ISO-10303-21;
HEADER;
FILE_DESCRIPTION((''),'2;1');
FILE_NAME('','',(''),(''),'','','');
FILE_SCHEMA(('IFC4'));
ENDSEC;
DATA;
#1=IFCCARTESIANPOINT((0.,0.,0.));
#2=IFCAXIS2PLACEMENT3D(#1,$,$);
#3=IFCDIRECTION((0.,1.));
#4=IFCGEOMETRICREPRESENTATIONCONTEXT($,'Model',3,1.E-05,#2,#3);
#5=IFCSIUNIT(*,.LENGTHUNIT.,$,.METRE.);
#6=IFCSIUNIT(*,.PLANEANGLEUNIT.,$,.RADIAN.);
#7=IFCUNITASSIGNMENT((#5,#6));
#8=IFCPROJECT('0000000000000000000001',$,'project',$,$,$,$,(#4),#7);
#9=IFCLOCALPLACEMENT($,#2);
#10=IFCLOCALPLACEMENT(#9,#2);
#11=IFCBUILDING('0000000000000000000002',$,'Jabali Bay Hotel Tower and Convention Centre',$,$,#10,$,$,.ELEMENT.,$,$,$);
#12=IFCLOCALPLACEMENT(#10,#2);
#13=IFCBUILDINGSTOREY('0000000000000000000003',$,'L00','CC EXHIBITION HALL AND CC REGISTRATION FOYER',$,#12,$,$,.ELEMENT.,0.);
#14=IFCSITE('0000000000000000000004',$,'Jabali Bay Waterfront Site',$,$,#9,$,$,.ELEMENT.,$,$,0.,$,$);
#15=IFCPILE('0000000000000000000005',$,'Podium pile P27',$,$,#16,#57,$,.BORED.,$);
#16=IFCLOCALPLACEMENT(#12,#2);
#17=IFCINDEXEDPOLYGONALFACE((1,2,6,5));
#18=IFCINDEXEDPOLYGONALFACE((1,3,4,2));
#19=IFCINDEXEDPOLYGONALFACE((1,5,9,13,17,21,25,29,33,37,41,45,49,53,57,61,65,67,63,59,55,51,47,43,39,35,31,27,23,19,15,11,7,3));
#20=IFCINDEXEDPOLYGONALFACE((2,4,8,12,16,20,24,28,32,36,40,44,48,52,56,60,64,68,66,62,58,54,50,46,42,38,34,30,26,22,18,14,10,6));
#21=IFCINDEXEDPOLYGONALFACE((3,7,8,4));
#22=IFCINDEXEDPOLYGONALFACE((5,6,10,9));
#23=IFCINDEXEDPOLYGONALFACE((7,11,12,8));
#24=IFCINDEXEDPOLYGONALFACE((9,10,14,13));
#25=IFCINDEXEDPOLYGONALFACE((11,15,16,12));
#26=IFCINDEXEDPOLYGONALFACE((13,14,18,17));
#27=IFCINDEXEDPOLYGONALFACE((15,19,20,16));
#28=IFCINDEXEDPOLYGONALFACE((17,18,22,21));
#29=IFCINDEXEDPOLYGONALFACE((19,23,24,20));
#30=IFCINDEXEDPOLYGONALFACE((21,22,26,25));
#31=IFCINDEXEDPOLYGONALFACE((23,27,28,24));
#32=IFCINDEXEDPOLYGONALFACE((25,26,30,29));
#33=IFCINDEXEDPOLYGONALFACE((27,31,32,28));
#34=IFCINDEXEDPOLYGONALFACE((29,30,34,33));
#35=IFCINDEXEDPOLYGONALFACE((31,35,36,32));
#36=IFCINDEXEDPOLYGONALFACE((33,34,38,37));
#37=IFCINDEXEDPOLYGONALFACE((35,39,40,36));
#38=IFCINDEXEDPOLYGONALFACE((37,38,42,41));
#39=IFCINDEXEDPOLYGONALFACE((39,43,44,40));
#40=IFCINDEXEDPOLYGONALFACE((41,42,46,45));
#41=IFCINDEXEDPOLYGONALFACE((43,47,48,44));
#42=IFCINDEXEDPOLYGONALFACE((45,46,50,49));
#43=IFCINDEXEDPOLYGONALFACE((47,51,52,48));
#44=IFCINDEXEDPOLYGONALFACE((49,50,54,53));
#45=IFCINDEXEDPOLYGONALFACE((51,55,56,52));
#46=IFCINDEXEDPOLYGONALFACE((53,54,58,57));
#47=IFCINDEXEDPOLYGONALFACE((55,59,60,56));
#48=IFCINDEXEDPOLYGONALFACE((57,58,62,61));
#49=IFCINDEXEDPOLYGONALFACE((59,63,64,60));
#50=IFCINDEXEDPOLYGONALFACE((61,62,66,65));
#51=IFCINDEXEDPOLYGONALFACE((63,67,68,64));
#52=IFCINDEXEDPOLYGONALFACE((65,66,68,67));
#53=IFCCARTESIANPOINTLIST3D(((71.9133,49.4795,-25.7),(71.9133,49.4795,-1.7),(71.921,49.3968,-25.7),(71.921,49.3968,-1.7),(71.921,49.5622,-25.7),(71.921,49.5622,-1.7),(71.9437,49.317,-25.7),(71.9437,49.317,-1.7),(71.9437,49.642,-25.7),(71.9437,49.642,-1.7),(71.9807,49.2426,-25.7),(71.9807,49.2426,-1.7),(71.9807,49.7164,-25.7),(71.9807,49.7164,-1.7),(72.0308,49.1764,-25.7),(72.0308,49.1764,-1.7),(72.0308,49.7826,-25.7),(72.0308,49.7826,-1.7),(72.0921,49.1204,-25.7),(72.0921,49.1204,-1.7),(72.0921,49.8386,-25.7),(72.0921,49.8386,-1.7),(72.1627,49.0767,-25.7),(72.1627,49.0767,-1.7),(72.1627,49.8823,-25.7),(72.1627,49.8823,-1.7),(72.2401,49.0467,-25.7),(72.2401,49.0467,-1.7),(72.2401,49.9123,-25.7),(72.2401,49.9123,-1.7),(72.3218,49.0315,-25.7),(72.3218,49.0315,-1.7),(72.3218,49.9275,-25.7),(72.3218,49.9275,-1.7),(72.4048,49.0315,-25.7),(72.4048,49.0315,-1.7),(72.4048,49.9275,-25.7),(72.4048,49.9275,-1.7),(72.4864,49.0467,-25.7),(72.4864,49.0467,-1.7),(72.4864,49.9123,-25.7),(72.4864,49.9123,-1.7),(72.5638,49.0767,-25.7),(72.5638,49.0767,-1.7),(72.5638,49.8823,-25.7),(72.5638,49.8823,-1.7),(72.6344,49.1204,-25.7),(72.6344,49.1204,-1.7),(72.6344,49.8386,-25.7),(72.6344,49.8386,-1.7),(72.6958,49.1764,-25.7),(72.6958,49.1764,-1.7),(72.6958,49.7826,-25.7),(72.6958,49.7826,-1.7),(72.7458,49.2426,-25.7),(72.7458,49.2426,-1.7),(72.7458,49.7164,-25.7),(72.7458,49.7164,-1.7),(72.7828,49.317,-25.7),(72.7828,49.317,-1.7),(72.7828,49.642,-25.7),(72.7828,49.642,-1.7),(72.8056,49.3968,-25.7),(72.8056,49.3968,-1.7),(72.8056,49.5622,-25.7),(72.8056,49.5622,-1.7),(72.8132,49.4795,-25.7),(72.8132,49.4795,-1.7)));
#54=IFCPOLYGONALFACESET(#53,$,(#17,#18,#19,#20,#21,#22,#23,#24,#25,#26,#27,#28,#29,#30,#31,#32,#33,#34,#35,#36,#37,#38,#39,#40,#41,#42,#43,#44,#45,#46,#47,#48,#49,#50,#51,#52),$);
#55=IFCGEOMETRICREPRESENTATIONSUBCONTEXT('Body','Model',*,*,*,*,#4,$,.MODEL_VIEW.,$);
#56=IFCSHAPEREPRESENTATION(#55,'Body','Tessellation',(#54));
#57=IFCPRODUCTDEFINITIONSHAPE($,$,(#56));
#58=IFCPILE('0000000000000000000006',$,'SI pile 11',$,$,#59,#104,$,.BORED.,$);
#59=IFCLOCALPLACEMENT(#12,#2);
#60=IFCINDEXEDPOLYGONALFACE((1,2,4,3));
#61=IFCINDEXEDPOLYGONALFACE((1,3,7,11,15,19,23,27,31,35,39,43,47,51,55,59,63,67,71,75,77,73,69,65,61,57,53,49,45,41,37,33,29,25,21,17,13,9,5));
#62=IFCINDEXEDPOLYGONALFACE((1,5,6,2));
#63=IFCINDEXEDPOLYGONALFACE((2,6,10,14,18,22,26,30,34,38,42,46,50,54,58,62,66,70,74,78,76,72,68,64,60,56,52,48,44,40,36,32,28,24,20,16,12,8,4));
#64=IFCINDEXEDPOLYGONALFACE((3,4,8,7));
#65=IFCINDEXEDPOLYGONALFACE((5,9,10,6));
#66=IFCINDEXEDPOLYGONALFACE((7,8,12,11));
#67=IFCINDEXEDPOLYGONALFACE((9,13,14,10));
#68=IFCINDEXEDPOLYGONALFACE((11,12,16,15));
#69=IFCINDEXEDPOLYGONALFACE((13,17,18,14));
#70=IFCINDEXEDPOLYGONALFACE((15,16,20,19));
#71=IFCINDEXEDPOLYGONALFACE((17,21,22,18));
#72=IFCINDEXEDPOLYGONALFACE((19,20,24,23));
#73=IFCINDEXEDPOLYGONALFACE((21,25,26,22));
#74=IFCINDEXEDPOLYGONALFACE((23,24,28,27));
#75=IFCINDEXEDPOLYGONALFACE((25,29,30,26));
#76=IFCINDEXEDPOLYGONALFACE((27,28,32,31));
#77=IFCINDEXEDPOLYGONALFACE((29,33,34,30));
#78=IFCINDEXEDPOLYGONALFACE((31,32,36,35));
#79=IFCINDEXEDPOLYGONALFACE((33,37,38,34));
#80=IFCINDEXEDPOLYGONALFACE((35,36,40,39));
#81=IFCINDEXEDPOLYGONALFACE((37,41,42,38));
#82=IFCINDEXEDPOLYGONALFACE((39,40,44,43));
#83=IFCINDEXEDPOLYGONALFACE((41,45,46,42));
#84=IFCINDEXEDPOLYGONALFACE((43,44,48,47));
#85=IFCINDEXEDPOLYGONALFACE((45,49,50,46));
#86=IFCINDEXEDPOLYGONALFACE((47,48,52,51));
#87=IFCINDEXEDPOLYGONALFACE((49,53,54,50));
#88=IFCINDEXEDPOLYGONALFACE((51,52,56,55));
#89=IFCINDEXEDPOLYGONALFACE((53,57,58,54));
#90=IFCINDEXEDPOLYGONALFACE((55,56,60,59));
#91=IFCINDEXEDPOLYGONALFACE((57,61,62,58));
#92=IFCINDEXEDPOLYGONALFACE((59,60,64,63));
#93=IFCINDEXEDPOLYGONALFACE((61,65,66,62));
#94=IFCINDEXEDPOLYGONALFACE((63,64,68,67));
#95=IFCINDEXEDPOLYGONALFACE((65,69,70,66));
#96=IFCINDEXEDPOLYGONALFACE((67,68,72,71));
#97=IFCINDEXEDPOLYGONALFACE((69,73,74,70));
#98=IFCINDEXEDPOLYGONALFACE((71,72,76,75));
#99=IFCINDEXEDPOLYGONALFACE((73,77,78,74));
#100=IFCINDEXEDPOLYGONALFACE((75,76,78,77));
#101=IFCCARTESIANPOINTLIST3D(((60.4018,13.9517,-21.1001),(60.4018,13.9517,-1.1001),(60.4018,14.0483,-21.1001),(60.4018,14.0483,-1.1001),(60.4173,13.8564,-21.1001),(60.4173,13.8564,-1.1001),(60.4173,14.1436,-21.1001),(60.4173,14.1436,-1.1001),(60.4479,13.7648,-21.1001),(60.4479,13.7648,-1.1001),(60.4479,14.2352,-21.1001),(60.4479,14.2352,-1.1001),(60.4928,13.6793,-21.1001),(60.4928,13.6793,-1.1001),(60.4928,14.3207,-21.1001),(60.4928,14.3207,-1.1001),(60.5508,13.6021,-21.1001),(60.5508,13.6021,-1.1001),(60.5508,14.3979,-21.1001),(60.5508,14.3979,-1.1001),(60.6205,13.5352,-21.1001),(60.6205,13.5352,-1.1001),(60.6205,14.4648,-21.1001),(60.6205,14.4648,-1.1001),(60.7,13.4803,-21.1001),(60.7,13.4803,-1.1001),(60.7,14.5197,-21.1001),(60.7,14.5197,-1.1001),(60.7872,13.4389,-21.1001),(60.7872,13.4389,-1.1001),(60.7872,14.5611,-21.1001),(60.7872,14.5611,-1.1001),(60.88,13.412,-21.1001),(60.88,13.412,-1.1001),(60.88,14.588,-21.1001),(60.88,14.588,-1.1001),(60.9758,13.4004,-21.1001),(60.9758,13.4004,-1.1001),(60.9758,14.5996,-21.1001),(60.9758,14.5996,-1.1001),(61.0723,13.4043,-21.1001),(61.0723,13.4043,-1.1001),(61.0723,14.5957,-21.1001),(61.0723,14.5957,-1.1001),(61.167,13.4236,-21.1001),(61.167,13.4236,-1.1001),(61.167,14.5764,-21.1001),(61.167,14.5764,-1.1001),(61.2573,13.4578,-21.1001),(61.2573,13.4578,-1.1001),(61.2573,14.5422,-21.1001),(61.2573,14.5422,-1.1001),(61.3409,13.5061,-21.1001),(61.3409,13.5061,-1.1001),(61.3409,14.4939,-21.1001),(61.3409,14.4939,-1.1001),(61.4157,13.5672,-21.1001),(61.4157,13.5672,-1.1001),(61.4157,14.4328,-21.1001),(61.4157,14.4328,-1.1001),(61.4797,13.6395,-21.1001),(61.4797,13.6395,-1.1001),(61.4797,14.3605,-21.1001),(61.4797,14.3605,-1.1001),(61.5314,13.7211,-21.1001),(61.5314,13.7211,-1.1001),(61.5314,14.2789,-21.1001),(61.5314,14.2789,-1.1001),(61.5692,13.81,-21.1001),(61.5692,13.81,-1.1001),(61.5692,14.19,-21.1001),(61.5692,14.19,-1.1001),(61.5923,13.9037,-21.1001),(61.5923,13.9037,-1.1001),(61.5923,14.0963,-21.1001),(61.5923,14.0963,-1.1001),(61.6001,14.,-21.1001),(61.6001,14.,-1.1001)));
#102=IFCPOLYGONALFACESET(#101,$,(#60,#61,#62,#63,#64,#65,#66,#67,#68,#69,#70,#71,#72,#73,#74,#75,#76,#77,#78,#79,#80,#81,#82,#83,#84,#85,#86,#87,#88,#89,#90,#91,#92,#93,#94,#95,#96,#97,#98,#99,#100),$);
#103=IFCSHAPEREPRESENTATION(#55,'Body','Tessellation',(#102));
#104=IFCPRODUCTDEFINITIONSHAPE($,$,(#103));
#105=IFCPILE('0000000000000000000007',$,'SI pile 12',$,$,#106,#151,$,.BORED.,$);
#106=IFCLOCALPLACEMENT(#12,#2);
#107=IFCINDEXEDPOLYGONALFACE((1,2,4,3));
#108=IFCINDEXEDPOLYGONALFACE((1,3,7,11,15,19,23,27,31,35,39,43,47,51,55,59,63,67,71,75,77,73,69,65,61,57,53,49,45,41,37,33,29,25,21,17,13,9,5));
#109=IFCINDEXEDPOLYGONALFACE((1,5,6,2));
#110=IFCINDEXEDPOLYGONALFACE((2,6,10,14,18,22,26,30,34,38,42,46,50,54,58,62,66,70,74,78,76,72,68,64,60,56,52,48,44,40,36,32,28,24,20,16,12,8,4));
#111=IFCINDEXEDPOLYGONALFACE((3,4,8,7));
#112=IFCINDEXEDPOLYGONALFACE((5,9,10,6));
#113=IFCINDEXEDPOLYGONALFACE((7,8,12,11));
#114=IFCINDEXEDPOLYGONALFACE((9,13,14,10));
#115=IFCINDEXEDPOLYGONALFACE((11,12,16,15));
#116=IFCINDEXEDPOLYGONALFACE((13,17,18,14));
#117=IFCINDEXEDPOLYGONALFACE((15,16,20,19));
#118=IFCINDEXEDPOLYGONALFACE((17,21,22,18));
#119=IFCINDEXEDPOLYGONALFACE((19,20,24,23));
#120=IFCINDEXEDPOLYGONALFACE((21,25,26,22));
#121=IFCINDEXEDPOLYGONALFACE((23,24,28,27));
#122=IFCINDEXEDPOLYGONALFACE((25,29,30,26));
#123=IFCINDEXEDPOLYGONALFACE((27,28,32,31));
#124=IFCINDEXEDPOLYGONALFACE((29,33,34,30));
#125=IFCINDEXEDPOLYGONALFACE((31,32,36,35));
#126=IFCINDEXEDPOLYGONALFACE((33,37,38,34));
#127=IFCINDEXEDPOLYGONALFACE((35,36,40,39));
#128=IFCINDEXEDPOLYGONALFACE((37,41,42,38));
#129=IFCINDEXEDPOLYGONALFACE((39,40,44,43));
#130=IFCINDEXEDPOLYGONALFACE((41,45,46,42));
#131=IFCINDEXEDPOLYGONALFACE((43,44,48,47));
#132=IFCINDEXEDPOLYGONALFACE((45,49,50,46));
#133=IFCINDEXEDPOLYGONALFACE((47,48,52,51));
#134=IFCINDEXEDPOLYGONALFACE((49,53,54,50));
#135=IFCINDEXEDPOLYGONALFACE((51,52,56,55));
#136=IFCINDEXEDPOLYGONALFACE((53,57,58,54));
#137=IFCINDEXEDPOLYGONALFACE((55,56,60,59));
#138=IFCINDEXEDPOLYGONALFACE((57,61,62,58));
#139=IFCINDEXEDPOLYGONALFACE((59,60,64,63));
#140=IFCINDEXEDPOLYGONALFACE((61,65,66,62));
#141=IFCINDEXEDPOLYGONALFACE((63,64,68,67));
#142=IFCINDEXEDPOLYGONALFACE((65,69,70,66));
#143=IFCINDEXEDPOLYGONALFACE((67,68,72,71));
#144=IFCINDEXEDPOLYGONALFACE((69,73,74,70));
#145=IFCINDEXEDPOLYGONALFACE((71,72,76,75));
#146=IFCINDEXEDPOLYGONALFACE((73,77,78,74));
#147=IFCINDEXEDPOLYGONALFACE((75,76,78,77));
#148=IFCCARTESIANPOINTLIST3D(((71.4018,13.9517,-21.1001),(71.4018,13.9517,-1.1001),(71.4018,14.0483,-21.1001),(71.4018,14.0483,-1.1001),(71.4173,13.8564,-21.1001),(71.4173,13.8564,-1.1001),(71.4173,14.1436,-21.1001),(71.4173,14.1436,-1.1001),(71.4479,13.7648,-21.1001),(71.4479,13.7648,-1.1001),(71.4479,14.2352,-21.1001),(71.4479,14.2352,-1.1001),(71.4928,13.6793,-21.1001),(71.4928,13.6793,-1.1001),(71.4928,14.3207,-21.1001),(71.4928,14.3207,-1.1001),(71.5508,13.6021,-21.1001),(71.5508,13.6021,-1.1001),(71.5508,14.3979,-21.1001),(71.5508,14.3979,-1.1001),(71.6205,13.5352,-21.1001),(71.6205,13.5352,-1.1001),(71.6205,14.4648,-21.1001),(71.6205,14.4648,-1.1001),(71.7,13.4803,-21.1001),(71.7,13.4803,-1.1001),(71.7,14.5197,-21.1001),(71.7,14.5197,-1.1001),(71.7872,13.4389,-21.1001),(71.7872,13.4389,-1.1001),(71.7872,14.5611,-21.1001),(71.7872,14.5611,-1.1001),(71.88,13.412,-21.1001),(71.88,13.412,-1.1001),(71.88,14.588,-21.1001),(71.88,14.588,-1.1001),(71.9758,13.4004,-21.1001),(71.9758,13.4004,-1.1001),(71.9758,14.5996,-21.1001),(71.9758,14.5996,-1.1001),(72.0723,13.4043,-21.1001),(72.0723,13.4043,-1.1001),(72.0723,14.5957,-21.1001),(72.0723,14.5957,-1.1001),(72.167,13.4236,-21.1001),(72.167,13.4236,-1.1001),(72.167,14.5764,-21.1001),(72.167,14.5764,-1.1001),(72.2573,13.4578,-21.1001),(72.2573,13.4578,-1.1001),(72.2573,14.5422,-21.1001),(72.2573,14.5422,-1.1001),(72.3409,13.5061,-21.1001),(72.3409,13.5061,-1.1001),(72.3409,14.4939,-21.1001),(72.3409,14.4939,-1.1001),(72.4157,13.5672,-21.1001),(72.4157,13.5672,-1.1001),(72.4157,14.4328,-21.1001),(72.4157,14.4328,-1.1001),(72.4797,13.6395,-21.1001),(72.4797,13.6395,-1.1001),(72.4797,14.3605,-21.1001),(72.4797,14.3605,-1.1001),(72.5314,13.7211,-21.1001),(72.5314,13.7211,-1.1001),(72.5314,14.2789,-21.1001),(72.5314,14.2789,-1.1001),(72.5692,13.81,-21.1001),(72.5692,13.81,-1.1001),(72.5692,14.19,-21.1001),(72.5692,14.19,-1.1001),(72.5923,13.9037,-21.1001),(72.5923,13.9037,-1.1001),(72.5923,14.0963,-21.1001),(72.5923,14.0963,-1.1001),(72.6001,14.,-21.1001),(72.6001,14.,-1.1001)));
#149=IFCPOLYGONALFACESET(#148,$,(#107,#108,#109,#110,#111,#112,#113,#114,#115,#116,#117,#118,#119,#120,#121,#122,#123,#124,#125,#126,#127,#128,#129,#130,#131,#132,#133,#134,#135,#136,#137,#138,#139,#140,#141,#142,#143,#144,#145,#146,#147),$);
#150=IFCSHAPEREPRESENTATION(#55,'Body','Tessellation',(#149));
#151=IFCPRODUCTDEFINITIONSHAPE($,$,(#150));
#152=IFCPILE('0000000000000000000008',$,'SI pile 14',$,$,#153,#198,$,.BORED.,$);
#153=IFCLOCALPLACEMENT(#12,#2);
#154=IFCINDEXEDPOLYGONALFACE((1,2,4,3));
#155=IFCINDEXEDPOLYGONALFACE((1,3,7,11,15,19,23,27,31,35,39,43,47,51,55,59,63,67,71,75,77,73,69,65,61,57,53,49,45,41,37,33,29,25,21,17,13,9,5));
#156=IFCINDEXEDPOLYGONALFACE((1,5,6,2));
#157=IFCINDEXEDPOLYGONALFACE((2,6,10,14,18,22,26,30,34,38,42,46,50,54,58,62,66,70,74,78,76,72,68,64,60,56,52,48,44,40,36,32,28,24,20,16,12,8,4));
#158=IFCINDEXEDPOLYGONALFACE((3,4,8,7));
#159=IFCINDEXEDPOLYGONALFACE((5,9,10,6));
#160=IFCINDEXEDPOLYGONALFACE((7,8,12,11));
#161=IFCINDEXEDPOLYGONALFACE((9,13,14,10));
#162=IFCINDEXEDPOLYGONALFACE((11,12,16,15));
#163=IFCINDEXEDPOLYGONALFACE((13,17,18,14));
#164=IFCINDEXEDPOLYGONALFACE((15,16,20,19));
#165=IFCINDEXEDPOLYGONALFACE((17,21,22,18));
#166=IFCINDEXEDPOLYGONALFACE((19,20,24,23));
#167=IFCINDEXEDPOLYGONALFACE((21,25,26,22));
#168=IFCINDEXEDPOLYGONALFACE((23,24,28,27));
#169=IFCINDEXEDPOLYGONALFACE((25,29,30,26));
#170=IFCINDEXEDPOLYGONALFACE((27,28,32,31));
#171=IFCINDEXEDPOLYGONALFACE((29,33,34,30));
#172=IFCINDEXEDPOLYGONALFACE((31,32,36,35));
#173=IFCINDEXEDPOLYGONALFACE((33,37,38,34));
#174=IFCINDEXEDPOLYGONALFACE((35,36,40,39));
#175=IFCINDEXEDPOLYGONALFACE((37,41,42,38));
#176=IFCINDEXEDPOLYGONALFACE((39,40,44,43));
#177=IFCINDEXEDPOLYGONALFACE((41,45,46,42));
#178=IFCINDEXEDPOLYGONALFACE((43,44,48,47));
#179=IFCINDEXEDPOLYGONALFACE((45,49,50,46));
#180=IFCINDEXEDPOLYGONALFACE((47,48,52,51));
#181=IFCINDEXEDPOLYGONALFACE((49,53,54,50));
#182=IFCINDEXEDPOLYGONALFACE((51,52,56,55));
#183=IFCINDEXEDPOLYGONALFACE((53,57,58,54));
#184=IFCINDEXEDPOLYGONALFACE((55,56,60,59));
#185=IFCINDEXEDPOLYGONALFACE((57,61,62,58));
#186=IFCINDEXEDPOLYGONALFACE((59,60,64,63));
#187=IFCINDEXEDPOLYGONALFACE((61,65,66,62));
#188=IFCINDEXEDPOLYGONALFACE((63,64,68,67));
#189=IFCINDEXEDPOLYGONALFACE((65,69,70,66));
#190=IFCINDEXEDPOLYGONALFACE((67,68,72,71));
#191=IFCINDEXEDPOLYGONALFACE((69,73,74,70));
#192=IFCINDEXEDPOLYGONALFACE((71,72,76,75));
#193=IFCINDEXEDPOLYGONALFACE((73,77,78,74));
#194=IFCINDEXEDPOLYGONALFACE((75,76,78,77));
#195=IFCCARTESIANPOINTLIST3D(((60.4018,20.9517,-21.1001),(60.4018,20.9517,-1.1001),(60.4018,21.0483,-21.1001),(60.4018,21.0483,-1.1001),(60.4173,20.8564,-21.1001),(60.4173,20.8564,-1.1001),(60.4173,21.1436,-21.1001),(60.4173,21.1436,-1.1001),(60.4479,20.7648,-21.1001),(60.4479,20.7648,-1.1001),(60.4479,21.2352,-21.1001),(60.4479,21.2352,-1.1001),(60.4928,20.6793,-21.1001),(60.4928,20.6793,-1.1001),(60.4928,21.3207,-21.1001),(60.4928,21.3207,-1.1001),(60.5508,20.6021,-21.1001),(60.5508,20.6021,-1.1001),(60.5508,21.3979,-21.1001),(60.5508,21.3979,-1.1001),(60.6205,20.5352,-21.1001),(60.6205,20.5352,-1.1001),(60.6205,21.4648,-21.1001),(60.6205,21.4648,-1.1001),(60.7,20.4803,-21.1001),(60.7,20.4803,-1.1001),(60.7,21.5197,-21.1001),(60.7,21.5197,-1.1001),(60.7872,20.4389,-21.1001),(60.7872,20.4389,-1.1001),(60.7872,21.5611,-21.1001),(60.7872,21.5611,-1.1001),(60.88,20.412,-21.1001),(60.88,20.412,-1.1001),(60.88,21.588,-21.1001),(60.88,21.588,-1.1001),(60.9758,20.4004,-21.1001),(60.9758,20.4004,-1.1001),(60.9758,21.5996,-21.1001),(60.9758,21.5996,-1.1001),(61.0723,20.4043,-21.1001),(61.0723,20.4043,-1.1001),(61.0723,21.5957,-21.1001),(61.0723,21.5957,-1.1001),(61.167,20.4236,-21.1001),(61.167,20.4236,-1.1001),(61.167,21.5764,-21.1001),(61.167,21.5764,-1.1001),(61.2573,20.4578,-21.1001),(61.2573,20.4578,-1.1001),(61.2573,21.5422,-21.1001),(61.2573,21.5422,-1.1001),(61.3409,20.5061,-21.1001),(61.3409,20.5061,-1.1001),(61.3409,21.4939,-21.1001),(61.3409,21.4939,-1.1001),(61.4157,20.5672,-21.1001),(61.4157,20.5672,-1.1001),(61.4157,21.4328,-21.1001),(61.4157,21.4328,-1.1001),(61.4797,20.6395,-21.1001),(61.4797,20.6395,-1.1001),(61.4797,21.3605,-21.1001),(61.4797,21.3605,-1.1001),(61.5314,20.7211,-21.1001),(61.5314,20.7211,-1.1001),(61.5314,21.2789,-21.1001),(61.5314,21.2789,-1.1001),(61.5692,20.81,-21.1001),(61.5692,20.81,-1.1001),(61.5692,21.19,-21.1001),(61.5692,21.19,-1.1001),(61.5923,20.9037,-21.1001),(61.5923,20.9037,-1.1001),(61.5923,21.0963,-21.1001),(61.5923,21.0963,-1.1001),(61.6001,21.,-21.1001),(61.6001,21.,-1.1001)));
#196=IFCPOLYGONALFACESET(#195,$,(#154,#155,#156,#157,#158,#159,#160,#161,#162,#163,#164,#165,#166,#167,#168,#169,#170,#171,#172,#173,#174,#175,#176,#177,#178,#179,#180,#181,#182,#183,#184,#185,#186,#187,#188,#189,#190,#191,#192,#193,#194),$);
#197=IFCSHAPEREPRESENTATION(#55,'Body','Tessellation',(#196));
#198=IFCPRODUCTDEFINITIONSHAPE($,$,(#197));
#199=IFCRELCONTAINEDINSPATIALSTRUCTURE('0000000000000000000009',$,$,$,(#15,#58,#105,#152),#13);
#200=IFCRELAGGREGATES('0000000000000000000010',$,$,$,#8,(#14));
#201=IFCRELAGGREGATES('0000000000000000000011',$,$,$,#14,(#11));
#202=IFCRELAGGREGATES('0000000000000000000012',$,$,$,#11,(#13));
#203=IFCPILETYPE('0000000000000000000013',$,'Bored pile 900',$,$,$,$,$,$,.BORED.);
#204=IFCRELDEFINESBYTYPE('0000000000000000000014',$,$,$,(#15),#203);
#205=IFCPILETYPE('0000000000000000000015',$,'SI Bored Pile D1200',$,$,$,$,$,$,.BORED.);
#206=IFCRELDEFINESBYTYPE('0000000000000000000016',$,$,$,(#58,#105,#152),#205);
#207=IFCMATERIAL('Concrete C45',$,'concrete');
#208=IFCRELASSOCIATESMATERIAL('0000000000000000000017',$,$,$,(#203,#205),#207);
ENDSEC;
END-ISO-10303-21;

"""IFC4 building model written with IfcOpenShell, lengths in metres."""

from ifc_helpers import new_model, si_unit, direction, frame, origin, origin_2d, place, context, subcontext, project, spatial, circle, extrude, material, material_profile, profile_set, type_object, element, save


model = new_model("IFC4")

# Units and contexts
model_context = context("Model", 3, precision=1e-05, world=origin(), true_north=direction((0.0, 1.0)))
body_context = subcontext(model_context, "Body", "Model", "MODEL_VIEW")
ifc_project = project(units=[si_unit("LENGTHUNIT", "METRE"), si_unit("PLANEANGLEUNIT", "RADIAN")], contexts=[model_context])

# Site, building, storey
site_placement = place(None, origin())
site = spatial("IfcSite", under=ifc_project, at=site_placement, Name="Jabali Bay Waterfront Site", CompositionType="ELEMENT", RefElevation=0.0)
building_placement = place(site_placement, origin())
building = spatial("IfcBuilding", under=site, at=building_placement, Name="Jabali Bay Hotel Tower and Convention Centre", CompositionType="ELEMENT")
storey_placement = place(building_placement, origin())
storey = spatial("IfcBuildingStorey", under=building, at=storey_placement, Name="L00", Description="CC EXHIBITION HALL AND CC REGISTRATION FOYER", CompositionType="ELEMENT", Elevation=0.0)

# Piles
ifc_material_1 = material(Name="Concrete C45", Category="concrete")
ifc_material_profile_1 = material_profile(ifc_material_1, circle(Radius=0.45, at=origin_2d()), Name="Bored pile 900")
ifc_profile_set_1 = profile_set([ifc_material_profile_1], Name="Concrete C45")
pile_type_1 = type_object("IfcPileType", Name="Bored pile 900", PredefinedType="BORED", material=ifc_profile_set_1)
pile_placement = place(storey_placement, frame((72.3633, 49.4795, -1.7), z_axis=(0.0, 0.0, -1.0), x_axis=(1.0, 0.0, 0.0)))
element("IfcPile", 1, at=pile_placement, inside=storey, type_object=pile_type_1, Name="Podium pile P27", PredefinedType="BORED", context=body_context, shape_type="SweptSolid", body=[
    extrude(circle(Radius=0.45, at=origin_2d()), origin(), (0.0, 0.0, 1.0), 24.0),
])
ifc_material_profile_2 = material_profile(ifc_material_1, circle(Radius=0.6001, at=origin_2d()), Name="D1200")
ifc_profile_set_2 = profile_set([ifc_material_profile_2], Name="Concrete C45")
pile_type_2 = type_object("IfcPileType", Name="SI Bored Pile D1200", PredefinedType="BORED", material=ifc_profile_set_2)
for number, where, z_axis, x_axis, name in (
    (2, (61.0, 14.0, -1.1001), (0.0, 0.0, -1.0), (1.0, 0.0, 0.0), "SI pile 11"),
    (3, (72.0, 14.0, -1.1001), (0.0, 0.0, -1.0), (1.0, 0.0, 0.0), "SI pile 12"),
    (4, (61.0, 21.0, -1.1001), (0.0, 0.0, -1.0), (1.0, 0.0, 0.0), "SI pile 14"),
):
    element("IfcPile", number, at=place(storey_placement, frame(where, z_axis=z_axis, x_axis=x_axis)), inside=storey, type_object=pile_type_2, Name=name, PredefinedType="BORED", context=body_context, shape_type="SweptSolid", body=[
        extrude(circle(Radius=0.6001, at=origin_2d()), origin(), (0.0, 0.0, 1.0), 20.0),
    ])

save(model, "model.ifc")
